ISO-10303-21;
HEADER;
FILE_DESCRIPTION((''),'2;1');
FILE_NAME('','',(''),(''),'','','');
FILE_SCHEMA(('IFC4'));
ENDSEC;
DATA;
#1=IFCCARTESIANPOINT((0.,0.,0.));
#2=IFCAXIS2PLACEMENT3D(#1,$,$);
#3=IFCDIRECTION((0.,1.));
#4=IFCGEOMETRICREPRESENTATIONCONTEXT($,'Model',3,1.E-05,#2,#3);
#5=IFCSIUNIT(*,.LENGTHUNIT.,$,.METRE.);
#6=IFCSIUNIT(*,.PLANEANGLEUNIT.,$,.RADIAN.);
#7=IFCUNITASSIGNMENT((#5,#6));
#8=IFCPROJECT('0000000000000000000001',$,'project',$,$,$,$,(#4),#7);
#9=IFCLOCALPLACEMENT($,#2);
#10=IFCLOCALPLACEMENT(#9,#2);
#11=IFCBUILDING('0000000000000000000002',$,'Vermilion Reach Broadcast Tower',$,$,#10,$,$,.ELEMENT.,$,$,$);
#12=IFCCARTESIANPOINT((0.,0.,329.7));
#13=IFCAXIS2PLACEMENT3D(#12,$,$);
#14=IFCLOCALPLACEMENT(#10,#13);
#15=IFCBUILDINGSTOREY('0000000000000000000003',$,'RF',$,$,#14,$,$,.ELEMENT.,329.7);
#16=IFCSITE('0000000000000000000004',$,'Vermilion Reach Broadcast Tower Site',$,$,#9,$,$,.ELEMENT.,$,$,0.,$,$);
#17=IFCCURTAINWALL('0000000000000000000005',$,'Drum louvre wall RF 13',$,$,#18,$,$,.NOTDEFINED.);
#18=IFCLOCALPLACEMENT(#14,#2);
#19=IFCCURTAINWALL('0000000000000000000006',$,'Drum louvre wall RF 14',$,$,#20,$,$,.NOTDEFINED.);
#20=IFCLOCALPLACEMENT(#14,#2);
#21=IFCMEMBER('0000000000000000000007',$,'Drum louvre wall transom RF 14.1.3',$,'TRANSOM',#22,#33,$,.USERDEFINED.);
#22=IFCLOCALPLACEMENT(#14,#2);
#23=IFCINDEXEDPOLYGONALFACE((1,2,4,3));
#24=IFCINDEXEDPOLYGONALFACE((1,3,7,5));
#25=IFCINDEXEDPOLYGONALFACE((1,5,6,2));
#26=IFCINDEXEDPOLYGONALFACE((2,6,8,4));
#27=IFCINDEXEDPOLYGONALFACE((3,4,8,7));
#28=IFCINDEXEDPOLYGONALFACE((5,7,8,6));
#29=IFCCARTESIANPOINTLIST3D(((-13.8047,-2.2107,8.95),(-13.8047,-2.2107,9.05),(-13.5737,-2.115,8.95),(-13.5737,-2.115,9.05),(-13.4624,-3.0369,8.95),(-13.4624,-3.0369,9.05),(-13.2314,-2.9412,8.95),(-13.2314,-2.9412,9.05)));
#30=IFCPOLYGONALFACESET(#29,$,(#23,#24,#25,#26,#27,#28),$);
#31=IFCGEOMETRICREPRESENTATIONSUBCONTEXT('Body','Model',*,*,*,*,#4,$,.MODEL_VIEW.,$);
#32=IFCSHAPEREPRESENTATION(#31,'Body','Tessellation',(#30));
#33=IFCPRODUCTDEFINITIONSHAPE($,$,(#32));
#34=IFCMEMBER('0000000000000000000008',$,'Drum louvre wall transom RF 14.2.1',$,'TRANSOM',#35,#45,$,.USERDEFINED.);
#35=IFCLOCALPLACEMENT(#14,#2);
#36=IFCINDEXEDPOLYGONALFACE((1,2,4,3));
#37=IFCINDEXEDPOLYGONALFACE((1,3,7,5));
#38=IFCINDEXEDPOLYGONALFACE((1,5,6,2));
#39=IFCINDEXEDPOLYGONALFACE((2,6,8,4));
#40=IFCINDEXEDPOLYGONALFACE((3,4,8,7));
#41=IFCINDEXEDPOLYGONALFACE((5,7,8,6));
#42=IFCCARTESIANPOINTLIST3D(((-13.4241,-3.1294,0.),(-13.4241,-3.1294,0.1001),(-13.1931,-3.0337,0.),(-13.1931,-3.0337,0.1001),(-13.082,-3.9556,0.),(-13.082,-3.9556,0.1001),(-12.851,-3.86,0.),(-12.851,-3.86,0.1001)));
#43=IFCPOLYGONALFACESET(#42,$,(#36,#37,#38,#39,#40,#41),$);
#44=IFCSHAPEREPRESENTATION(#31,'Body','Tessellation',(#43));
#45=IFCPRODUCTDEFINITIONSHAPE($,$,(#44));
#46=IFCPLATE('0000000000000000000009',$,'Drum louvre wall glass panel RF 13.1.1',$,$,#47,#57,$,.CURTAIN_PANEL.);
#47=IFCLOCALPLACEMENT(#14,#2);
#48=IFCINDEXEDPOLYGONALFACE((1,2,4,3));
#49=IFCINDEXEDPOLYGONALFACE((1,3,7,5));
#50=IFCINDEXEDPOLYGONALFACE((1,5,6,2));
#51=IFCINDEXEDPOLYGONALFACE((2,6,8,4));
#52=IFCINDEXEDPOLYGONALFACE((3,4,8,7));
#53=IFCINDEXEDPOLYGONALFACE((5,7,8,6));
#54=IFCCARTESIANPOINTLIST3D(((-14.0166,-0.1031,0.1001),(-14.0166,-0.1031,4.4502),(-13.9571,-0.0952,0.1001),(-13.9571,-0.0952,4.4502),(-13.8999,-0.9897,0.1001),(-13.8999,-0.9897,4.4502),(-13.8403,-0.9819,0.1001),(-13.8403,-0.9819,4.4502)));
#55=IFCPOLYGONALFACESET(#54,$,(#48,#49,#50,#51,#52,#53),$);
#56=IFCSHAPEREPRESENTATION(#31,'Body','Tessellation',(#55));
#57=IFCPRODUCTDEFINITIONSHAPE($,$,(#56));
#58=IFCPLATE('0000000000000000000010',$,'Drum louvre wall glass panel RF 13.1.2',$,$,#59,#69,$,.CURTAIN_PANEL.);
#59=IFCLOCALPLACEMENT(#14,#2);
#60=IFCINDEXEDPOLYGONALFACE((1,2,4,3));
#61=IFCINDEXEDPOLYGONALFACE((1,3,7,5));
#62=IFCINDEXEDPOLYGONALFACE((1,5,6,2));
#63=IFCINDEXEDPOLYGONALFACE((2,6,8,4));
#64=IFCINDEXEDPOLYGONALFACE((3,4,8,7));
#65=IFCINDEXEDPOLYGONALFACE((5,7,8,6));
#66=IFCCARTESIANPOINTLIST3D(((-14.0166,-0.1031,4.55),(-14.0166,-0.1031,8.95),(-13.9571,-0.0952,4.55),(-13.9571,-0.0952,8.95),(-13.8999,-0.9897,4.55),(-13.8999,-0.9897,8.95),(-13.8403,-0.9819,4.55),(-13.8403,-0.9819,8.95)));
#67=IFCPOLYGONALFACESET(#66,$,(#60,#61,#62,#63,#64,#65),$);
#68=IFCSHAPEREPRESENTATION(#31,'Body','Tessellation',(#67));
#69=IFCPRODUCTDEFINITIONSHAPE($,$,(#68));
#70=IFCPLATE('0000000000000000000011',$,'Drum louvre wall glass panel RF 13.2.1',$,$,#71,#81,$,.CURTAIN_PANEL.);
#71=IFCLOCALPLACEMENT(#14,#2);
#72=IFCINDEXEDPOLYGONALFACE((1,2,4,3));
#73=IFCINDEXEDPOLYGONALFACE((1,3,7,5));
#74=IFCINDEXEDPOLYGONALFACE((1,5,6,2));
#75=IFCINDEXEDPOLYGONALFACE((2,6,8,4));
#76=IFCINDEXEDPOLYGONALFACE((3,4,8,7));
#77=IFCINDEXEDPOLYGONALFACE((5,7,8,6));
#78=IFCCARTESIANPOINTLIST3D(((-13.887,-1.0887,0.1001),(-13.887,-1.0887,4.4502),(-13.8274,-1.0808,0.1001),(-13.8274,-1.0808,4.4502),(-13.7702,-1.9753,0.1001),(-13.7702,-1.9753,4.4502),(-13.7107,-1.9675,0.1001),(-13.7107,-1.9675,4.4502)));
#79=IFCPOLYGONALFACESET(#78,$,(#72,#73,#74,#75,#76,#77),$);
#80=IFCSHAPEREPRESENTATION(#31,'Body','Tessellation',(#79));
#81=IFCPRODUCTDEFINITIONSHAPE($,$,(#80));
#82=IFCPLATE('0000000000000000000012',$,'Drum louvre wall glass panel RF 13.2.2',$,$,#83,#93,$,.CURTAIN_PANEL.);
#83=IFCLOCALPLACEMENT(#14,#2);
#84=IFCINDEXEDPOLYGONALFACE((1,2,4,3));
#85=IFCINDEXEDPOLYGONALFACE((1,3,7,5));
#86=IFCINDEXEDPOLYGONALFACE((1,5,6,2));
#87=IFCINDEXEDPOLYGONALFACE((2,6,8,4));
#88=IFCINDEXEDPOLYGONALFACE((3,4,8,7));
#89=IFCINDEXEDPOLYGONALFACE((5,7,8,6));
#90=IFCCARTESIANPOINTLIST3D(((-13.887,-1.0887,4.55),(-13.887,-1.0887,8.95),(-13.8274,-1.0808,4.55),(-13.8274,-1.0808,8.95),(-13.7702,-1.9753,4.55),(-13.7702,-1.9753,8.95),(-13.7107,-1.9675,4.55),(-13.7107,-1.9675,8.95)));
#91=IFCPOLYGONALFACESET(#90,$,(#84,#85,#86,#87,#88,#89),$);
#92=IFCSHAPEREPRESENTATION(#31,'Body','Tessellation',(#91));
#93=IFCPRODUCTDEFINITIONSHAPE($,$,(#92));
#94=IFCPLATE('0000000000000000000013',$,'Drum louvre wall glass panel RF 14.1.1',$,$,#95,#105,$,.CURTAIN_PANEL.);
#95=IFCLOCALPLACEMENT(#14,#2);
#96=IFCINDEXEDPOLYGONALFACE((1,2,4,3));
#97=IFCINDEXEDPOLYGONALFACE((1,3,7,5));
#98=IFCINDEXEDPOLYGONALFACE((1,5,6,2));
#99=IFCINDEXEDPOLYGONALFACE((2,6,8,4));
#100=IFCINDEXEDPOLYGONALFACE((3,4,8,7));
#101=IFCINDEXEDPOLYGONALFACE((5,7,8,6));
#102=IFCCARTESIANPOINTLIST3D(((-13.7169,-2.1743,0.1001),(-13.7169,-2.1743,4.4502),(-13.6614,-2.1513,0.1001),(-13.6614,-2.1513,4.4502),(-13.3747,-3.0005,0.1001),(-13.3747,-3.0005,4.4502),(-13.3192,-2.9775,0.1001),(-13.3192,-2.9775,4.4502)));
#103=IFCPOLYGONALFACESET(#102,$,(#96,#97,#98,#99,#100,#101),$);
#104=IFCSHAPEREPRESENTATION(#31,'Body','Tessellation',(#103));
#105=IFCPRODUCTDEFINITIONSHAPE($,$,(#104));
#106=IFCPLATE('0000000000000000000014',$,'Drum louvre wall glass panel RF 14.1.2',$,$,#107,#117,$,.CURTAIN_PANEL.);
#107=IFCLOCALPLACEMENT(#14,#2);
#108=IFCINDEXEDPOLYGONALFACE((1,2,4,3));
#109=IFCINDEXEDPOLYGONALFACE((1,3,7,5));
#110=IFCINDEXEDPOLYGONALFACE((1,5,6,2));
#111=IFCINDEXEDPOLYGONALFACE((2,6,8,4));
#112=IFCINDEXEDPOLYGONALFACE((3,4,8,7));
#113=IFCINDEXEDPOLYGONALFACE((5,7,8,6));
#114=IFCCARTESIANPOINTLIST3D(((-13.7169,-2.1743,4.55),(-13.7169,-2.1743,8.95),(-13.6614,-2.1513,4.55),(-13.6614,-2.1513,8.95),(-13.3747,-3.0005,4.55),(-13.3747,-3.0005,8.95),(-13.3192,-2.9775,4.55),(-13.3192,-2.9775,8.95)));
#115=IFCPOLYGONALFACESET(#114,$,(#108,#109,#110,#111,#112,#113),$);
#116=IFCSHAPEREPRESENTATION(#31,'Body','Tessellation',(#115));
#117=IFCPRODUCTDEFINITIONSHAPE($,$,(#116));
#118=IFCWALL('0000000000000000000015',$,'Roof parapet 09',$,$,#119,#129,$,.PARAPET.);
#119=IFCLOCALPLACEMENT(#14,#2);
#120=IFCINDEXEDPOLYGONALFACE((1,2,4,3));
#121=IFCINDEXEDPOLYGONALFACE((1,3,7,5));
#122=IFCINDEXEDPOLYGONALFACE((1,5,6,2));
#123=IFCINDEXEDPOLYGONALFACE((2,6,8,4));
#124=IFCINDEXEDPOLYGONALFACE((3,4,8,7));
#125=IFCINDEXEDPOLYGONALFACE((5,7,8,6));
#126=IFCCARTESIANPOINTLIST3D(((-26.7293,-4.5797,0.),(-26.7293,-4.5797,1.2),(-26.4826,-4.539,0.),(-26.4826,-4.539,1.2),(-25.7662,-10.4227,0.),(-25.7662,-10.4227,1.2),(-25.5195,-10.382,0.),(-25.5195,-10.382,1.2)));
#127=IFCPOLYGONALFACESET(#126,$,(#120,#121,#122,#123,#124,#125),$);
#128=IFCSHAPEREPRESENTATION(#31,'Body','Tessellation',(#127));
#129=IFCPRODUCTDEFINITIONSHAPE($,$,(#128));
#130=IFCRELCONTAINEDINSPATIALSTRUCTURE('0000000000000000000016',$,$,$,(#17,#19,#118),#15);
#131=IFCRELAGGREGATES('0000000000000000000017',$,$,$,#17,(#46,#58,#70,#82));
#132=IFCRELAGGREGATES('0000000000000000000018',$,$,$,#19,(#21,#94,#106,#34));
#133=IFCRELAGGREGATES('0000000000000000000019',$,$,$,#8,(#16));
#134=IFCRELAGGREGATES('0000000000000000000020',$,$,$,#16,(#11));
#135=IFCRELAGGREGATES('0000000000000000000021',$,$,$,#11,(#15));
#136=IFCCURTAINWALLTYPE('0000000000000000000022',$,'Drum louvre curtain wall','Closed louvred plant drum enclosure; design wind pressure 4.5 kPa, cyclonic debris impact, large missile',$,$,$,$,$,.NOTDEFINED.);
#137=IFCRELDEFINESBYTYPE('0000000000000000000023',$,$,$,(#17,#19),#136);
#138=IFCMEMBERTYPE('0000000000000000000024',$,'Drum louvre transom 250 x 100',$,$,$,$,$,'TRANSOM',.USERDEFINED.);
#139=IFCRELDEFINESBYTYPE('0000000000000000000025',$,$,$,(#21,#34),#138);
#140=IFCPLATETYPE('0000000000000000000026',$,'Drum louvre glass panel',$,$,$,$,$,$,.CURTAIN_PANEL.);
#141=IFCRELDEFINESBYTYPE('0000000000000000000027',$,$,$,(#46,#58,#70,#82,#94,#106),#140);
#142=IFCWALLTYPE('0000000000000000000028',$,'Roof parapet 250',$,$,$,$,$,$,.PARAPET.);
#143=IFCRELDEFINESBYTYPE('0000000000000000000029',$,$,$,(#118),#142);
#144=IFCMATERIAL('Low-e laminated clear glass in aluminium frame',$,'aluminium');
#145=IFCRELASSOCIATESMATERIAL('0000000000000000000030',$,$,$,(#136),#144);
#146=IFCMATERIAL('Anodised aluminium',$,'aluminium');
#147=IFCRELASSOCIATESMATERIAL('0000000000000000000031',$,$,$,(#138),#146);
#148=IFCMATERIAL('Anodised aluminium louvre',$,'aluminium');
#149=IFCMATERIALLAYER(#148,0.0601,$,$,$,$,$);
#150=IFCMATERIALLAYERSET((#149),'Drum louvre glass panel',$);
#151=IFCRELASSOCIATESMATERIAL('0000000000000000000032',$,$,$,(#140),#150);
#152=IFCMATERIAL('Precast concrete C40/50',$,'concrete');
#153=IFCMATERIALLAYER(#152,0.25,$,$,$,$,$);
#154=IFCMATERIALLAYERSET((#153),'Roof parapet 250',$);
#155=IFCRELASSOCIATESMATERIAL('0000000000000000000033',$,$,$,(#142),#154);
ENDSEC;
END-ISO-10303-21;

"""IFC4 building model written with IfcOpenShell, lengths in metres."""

from ifc_helpers import new_model, si_unit, direction, frame, frame_2d, origin, origin_2d, place, context, subcontext, project, spatial, rectangle, extrude, material, layer, layer_set, material_profile, profile_set, type_object, element, aggregate, save


model = new_model("IFC4")

# Units and contexts
model_context = context("Model", 3, precision=1e-05, world=origin(), true_north=direction((0.0, 1.0)))
body_context = subcontext(model_context, "Body", "Model", "MODEL_VIEW")
ifc_project = project(units=[si_unit("LENGTHUNIT", "METRE"), si_unit("PLANEANGLEUNIT", "RADIAN")], contexts=[model_context])

# Site, building, storey
site_placement = place(None, origin())
site = spatial("IfcSite", under=ifc_project, at=site_placement, Name="Vermilion Reach Broadcast Tower Site", CompositionType="ELEMENT", RefElevation=0.0)
building_placement = place(site_placement, origin())
building = spatial("IfcBuilding", under=site, at=building_placement, Name="Vermilion Reach Broadcast Tower", CompositionType="ELEMENT")
storey_placement = place(building_placement, frame((0.0, 0.0, 329.7)))
storey = spatial("IfcBuildingStorey", under=building, at=storey_placement, Name="RF", CompositionType="ELEMENT", Elevation=329.7)

# Shared definitions
ifc_material_1 = material(Name="Low-e laminated clear glass in aluminium frame", Category="aluminium")
curtain_wall_type = type_object("IfcCurtainWallType", Name="Drum louvre curtain wall", Description="Closed louvred plant drum enclosure; design wind pressure 4.5 kPa, cyclonic debris impact, large missile", PredefinedType="NOTDEFINED", material=ifc_material_1)
placement = place(storey_placement, origin())

# Curtain walls
curtain_wall_1 = element("IfcCurtainWall", 1, at=placement, inside=storey, type_object=curtain_wall_type, Name="Drum louvre wall RF 13", PredefinedType="NOTDEFINED")
curtain_wall_2 = element("IfcCurtainWall", 2, at=placement, inside=storey, type_object=curtain_wall_type, Name="Drum louvre wall RF 14", PredefinedType="NOTDEFINED")

# Members
ifc_material_2 = material(Name="Anodised aluminium", Category="aluminium")
ifc_material_profile_1 = material_profile(ifc_material_2, rectangle(XDim=0.25, YDim=0.1001, at=origin_2d()), Name="Drum louvre transom 250 x 100")
ifc_profile_set_1 = profile_set([ifc_material_profile_1], Name="Anodised aluminium")
member_type_1 = type_object("IfcMemberType", Name="Drum louvre transom 250 x 100", ElementType="TRANSOM", PredefinedType="USERDEFINED", material=ifc_profile_set_1)
member_1_placement = place(storey_placement, frame((-13.6892, -2.1628, 9.0), z_axis=(0.382754, -0.92385, 0.0), x_axis=(0.92385, 0.382754, 0.0)))
member_1 = element("IfcMember", 3, at=member_1_placement, type_object=member_type_1, Name="Drum louvre wall transom RF 14.1.3", ObjectType="TRANSOM", PredefinedType="USERDEFINED", context=body_context, shape_type="SweptSolid", body=[
    extrude(rectangle(XDim=0.25, YDim=0.1001, at=origin_2d()), origin(), (0.0, 0.0, 1.0), 0.8943),
])
member_2_placement = place(storey_placement, frame((-13.3086, -3.0815, 0.05), z_axis=(0.382521, -0.923947, 0.0), x_axis=(0.923947, 0.382521, 0.0)))
member_2 = element("IfcMember", 4, at=member_2_placement, type_object=member_type_1, Name="Drum louvre wall transom RF 14.2.1", ObjectType="TRANSOM", PredefinedType="USERDEFINED", context=body_context, shape_type="SweptSolid", body=[
    extrude(rectangle(XDim=0.25, YDim=0.1001, at=origin_2d()), origin(), (0.0, 0.0, 1.0), 0.8943),
])

# Plates
ifc_material_3 = material(Name="Anodised aluminium louvre", Category="aluminium")
ifc_layer_1 = layer(ifc_material_3, 0.0601)
ifc_layer_set_1 = layer_set([ifc_layer_1], Name="Drum louvre glass panel")
plate_type = type_object("IfcPlateType", Name="Drum louvre glass panel", PredefinedType="CURTAIN_PANEL", material=ifc_layer_set_1)
plate_1_placement = place(storey_placement, frame((-13.9285, -0.5425, 0.1001), z_axis=(0.0, 0.0, 1.0), x_axis=(0.130526, -0.991445, 0.0)))
plate_1 = element("IfcPlate", 5, at=plate_1_placement, type_object=plate_type, Name="Drum louvre wall glass panel RF 13.1.1", PredefinedType="CURTAIN_PANEL", context=body_context, shape_type="SweptSolid", body=[
    extrude(rectangle(XDim=0.8943, YDim=0.0601, at=origin_2d()), origin(), (0.0, 0.0, 1.0), 4.3501),
])
plate_2_placement = place(storey_placement, frame((-13.9285, -0.5425, 4.55), z_axis=(0.0, 0.0, 1.0), x_axis=(0.130526, -0.991445, 0.0)))
plate_2 = element("IfcPlate", 6, at=plate_2_placement, type_object=plate_type, Name="Drum louvre wall glass panel RF 13.1.2", PredefinedType="CURTAIN_PANEL", context=body_context, shape_type="SweptSolid", body=[
    extrude(rectangle(XDim=0.8943, YDim=0.0601, at=origin_2d()), origin(), (0.0, 0.0, 1.0), 4.3999),
])
plate_3_placement = place(storey_placement, frame((-13.7988, -1.5281, 0.1001), z_axis=(0.0, 0.0, 1.0), x_axis=(0.130526, -0.991445, 0.0)))
plate_3 = element("IfcPlate", 7, at=plate_3_placement, type_object=plate_type, Name="Drum louvre wall glass panel RF 13.2.1", PredefinedType="CURTAIN_PANEL", context=body_context, shape_type="SweptSolid", body=[
    extrude(rectangle(XDim=0.8943, YDim=0.0601, at=origin_2d()), origin(), (0.0, 0.0, 1.0), 4.3501),
])
plate_4_placement = place(storey_placement, frame((-13.7988, -1.5281, 4.55), z_axis=(0.0, 0.0, 1.0), x_axis=(0.130526, -0.991445, 0.0)))
plate_4 = element("IfcPlate", 8, at=plate_4_placement, type_object=plate_type, Name="Drum louvre wall glass panel RF 13.2.2", PredefinedType="CURTAIN_PANEL", context=body_context, shape_type="SweptSolid", body=[
    extrude(rectangle(XDim=0.8943, YDim=0.0601, at=origin_2d()), origin(), (0.0, 0.0, 1.0), 4.3999),
])
aggregate(curtain_wall_1, [plate_1, plate_2, plate_3, plate_4])
plate_5_placement = place(storey_placement, frame((-13.5181, -2.5759, 0.1001), z_axis=(0.0, 0.0, 1.0), x_axis=(0.382683, -0.92388, 0.0)))
plate_5 = element("IfcPlate", 9, at=plate_5_placement, type_object=plate_type, Name="Drum louvre wall glass panel RF 14.1.1", PredefinedType="CURTAIN_PANEL", context=body_context, shape_type="SweptSolid", body=[
    extrude(rectangle(XDim=0.8943, YDim=0.0601, at=origin_2d()), origin(), (0.0, 0.0, 1.0), 4.3501),
])
plate_6_placement = place(storey_placement, frame((-13.5181, -2.5759, 4.55), z_axis=(0.0, 0.0, 1.0), x_axis=(0.382683, -0.92388, 0.0)))
plate_6 = element("IfcPlate", 10, at=plate_6_placement, type_object=plate_type, Name="Drum louvre wall glass panel RF 14.1.2", PredefinedType="CURTAIN_PANEL", context=body_context, shape_type="SweptSolid", body=[
    extrude(rectangle(XDim=0.8943, YDim=0.0601, at=origin_2d()), origin(), (0.0, 0.0, 1.0), 4.3999),
])
aggregate(curtain_wall_2, [member_1, plate_5, plate_6, member_2])

# Wall
ifc_material_4 = material(Name="Precast concrete C40/50", Category="concrete")
ifc_layer_2 = layer(ifc_material_4, 0.25)
ifc_layer_set_2 = layer_set([ifc_layer_2], Name="Roof parapet 250")
wall_type = type_object("IfcWallType", Name="Roof parapet 250", PredefinedType="PARAPET", material=ifc_layer_set_2)
wall_placement = place(storey_placement, frame((-26.606, -4.5593, 0.0), z_axis=(0.0, 0.0, 1.0), x_axis=(0.16264, -0.986685, 0.0)))
element("IfcWall", 11, at=wall_placement, inside=storey, type_object=wall_type, Name="Roof parapet 09", PredefinedType="PARAPET", context=body_context, shape_type="SweptSolid", body=[
    extrude(rectangle(XDim=5.9219, YDim=0.25, at=frame_2d((2.9609, 0.0))), origin(), (0.0, 0.0, 1.0), 1.2),
])

save(model, "model.ifc")
